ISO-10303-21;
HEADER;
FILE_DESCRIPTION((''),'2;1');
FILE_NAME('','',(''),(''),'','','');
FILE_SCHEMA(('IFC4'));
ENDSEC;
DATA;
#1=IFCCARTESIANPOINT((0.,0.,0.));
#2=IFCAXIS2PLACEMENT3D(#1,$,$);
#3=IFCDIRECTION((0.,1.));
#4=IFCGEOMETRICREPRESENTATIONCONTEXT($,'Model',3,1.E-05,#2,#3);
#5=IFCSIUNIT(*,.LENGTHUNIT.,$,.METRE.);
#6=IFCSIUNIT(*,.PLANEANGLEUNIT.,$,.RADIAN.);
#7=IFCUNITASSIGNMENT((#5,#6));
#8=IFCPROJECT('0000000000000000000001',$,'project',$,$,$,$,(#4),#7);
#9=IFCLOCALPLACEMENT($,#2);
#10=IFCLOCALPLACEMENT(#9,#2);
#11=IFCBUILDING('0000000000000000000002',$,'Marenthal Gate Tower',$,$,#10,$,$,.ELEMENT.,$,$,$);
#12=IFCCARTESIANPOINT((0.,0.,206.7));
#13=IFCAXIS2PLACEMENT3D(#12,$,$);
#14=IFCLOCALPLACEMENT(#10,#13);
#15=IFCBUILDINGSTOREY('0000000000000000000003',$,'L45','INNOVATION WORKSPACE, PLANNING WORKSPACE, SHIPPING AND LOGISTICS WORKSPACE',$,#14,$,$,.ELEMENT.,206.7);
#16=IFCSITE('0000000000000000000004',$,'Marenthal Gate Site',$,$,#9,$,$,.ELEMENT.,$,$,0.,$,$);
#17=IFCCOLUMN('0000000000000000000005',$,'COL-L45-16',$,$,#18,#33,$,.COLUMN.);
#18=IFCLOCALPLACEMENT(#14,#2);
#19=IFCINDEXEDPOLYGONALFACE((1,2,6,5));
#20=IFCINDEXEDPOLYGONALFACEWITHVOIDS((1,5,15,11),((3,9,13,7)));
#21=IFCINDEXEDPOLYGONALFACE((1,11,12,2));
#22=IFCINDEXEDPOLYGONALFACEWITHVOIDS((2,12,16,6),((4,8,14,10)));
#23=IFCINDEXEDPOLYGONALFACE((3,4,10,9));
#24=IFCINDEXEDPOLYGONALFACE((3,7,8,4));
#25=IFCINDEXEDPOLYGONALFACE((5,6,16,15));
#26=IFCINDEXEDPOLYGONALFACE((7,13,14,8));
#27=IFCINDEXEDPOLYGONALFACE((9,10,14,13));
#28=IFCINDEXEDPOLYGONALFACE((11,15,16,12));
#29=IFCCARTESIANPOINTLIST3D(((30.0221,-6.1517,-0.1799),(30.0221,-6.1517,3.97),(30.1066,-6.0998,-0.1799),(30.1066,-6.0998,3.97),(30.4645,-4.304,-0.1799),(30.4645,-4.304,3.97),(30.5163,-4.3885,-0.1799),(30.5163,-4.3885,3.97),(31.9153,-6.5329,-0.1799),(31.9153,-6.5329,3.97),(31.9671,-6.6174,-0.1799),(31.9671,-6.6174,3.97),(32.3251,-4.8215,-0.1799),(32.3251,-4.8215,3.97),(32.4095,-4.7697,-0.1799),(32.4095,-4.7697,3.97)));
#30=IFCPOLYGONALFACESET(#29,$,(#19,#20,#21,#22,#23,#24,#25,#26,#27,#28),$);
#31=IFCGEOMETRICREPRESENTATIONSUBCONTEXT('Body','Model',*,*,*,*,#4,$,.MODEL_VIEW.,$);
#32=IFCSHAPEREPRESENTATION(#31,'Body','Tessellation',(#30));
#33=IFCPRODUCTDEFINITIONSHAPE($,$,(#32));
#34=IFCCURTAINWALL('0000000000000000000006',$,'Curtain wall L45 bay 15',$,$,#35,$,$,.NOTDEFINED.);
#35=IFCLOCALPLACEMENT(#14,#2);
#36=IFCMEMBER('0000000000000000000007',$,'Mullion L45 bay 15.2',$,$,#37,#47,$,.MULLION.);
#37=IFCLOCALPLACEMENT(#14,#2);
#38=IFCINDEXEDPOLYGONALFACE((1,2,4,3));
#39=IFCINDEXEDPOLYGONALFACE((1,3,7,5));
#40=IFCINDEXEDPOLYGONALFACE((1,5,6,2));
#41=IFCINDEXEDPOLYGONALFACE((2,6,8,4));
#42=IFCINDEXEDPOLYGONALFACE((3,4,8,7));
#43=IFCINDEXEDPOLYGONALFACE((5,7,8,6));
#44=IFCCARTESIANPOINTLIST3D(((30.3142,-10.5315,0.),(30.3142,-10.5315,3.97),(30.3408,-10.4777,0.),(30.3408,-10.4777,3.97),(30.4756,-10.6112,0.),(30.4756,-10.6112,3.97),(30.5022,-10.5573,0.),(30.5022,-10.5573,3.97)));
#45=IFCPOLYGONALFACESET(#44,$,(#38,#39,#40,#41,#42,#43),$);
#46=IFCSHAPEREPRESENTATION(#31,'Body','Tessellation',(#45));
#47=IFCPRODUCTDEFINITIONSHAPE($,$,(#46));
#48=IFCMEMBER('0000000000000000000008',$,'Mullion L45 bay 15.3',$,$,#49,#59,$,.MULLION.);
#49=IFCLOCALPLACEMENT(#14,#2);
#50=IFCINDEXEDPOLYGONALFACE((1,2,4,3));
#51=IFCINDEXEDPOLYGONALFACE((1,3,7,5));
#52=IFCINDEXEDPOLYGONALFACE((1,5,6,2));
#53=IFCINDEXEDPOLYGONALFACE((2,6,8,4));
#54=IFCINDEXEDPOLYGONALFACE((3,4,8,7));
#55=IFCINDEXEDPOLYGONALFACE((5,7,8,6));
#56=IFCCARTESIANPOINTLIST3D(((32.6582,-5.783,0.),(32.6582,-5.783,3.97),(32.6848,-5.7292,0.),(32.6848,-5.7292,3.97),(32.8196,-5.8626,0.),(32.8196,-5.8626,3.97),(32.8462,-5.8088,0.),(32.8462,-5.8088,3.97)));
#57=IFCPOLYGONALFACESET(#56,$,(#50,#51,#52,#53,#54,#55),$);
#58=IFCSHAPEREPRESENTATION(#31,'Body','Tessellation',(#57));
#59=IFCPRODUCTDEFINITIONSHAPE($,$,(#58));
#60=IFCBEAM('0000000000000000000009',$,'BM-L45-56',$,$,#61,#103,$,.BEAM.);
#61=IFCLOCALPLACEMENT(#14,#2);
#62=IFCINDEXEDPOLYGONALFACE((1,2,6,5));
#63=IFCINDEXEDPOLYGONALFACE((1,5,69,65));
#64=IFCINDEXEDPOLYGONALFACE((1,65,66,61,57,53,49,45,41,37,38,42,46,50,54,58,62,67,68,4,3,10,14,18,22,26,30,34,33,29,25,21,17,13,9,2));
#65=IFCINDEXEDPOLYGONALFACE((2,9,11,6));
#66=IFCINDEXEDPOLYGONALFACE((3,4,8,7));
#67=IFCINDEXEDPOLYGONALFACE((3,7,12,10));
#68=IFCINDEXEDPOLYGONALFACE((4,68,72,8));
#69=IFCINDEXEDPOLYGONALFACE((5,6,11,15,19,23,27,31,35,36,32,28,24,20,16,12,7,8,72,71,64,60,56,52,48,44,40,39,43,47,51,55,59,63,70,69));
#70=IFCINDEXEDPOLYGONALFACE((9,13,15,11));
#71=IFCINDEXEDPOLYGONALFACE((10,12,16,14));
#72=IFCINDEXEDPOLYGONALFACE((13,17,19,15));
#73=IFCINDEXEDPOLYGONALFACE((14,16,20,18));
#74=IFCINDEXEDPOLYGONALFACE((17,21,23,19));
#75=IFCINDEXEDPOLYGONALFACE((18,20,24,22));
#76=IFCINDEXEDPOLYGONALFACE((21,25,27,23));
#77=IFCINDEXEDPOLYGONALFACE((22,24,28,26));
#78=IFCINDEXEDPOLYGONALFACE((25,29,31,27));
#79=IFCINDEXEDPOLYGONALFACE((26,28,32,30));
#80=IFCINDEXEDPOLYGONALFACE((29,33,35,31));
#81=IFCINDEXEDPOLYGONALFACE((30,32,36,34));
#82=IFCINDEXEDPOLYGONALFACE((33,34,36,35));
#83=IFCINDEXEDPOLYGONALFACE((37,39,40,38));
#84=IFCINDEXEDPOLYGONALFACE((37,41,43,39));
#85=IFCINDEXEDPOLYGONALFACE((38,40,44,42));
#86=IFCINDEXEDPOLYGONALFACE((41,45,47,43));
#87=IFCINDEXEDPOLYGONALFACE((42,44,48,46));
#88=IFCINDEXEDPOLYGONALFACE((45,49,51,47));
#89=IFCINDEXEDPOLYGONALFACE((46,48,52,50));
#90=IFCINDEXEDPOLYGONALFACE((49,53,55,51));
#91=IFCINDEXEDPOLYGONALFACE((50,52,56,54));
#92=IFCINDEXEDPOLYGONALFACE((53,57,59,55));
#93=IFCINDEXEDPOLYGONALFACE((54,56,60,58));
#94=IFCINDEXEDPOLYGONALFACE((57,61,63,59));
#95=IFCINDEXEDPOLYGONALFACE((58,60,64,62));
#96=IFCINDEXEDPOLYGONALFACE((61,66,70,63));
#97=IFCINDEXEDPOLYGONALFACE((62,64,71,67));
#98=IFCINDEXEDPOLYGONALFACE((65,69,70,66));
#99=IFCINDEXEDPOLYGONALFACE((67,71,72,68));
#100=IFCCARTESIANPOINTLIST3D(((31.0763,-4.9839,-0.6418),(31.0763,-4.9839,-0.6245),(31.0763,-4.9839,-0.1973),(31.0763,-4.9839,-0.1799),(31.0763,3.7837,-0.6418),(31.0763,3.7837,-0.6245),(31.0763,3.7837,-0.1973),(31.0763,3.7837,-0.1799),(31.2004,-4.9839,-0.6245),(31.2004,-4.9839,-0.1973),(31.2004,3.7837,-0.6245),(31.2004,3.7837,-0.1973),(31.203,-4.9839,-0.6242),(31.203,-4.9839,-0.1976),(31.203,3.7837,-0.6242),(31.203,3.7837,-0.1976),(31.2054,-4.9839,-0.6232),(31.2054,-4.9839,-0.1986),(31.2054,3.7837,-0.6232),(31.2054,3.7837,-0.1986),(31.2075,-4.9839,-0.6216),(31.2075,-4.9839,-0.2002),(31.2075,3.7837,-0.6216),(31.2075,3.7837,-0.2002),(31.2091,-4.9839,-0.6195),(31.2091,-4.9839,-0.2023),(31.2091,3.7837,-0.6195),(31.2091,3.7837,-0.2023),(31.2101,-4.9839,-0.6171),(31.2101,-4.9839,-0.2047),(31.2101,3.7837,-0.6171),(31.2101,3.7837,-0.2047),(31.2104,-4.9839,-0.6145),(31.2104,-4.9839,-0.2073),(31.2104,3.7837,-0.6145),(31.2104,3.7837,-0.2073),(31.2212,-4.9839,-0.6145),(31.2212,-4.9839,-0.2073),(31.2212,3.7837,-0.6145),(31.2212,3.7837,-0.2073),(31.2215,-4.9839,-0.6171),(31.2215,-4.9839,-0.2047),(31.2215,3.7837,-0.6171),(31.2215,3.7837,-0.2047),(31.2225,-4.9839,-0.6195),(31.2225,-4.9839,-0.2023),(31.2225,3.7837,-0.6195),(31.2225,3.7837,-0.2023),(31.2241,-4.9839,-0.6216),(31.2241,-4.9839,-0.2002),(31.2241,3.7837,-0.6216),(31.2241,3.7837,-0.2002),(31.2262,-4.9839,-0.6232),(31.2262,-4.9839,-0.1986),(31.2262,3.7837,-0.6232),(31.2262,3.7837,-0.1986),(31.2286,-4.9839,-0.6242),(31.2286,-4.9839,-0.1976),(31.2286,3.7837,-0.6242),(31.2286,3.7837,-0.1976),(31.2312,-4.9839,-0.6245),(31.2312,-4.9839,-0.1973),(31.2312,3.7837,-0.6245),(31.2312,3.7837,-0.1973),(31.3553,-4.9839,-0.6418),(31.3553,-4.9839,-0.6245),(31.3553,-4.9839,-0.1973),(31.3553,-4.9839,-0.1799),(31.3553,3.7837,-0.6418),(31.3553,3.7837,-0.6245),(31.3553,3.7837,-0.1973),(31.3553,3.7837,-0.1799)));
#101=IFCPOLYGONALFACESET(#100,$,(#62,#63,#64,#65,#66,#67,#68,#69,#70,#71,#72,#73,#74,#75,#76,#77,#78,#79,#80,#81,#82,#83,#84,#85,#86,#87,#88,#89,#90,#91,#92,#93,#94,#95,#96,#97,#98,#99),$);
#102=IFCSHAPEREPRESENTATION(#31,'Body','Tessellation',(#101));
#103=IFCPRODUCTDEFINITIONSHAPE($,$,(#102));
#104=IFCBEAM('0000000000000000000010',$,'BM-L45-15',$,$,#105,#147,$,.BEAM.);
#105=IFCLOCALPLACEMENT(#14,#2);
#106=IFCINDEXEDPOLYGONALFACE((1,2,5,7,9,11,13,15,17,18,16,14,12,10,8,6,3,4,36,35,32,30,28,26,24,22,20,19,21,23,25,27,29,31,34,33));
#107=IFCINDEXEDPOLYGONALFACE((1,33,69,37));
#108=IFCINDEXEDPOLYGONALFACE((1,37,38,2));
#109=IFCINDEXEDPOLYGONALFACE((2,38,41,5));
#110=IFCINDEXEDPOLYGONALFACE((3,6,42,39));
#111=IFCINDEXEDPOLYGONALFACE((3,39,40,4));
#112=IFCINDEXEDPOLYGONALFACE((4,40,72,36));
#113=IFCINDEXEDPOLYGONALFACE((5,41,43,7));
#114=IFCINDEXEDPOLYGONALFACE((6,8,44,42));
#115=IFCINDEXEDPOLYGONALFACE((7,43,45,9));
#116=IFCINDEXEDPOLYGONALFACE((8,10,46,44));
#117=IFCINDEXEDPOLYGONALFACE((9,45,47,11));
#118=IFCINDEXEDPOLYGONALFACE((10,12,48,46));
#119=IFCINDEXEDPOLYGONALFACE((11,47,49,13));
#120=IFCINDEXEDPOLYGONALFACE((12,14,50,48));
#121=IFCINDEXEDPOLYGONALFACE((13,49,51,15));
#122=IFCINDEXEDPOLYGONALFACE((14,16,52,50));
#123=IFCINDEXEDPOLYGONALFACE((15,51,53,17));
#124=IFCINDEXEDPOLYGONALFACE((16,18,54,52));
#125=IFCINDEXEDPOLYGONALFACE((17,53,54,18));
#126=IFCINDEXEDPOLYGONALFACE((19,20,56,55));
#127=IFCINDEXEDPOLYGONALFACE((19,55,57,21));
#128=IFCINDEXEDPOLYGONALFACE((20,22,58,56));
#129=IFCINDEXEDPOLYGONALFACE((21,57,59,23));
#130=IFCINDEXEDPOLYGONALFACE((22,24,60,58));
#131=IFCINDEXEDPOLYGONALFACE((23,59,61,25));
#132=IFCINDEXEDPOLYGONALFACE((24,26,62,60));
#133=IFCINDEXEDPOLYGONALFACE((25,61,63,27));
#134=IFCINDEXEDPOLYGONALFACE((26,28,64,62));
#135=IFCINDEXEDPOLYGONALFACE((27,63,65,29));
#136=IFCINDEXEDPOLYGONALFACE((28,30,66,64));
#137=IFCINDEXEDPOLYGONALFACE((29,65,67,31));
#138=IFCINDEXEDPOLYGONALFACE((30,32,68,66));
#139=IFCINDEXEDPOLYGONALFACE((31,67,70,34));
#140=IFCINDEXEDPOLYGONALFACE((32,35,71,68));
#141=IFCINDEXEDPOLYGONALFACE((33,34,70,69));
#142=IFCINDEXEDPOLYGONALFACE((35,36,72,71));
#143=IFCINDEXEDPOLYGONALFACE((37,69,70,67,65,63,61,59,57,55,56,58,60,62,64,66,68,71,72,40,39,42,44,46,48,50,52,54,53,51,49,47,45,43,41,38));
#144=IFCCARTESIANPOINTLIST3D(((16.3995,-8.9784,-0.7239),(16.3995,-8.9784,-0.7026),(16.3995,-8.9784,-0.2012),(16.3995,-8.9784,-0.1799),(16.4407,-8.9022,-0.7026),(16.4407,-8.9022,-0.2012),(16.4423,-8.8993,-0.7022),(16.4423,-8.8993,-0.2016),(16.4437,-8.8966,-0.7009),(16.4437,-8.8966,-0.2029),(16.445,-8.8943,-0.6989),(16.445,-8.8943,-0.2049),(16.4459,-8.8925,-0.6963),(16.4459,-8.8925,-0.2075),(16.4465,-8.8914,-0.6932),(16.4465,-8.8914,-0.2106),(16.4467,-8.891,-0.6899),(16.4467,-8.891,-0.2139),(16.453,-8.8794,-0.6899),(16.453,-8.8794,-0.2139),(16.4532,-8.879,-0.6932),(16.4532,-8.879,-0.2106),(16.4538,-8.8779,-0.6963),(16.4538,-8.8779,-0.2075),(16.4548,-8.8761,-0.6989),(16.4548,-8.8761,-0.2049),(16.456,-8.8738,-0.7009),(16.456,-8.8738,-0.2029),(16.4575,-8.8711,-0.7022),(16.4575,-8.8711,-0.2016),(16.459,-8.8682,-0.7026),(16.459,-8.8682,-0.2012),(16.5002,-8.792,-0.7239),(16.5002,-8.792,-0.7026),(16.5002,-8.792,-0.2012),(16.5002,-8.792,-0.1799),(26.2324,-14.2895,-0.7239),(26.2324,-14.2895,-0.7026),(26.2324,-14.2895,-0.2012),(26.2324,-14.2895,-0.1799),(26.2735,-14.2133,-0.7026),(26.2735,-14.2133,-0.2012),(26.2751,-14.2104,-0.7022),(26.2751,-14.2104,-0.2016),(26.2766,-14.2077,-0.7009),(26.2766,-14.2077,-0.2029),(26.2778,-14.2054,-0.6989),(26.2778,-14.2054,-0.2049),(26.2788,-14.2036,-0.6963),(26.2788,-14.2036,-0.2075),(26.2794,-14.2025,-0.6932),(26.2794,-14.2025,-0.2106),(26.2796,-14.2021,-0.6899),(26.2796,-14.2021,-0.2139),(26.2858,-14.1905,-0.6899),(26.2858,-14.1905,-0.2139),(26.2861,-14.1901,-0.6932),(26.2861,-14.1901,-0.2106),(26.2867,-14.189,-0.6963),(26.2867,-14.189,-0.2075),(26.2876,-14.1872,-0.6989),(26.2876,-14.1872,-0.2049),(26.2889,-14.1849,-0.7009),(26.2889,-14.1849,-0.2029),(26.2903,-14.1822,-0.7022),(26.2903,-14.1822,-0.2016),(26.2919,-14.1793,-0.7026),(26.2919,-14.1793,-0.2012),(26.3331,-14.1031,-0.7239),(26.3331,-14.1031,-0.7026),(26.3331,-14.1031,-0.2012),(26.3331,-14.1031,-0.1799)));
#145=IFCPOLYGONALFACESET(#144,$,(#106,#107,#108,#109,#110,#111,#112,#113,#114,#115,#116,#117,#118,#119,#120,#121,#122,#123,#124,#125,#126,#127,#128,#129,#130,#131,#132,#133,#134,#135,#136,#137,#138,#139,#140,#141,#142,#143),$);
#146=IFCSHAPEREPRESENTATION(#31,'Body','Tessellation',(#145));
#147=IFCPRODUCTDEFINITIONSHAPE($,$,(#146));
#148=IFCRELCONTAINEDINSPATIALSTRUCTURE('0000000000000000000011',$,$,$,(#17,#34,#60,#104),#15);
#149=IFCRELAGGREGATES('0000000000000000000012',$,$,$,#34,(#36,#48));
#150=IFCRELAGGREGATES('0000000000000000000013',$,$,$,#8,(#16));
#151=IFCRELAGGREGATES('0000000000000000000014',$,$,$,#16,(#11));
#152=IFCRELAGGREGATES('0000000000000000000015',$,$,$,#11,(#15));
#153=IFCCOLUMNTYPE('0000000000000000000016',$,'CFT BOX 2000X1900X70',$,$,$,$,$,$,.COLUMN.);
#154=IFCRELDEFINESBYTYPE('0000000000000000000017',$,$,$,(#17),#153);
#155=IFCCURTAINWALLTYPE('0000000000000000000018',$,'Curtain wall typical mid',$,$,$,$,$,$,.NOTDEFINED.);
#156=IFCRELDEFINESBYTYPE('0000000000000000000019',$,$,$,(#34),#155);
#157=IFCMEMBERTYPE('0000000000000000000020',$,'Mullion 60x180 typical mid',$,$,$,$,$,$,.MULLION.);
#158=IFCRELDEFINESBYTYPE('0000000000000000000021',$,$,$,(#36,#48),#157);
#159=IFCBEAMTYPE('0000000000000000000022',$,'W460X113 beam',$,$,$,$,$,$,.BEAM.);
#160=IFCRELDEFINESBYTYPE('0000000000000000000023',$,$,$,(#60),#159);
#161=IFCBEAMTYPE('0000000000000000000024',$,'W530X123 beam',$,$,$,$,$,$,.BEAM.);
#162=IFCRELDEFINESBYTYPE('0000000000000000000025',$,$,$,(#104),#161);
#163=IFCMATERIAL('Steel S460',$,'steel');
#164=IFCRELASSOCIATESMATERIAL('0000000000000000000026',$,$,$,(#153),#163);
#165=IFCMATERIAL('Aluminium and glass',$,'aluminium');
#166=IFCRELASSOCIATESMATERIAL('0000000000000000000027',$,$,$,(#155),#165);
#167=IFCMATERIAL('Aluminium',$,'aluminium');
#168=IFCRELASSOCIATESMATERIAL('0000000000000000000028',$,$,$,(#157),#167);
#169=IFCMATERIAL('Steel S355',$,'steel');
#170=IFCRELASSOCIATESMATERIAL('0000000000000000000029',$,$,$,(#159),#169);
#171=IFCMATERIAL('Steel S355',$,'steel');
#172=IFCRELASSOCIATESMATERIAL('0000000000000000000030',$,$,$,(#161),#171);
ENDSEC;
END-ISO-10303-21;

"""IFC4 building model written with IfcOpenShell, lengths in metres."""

from ifc_helpers import new_model, si_unit, direction, frame, origin, origin_2d, place, context, subcontext, project, spatial, rectangle, hollow_rectangle, i_section, extrude, material, material_profile, profile_set, type_object, element, aggregate, save


model = new_model("IFC4")

# Units and contexts
model_context = context("Model", 3, precision=1e-05, world=origin(), true_north=direction((0.0, 1.0)))
body_context = subcontext(model_context, "Body", "Model", "MODEL_VIEW")
ifc_project = project(units=[si_unit("LENGTHUNIT", "METRE"), si_unit("PLANEANGLEUNIT", "RADIAN")], contexts=[model_context])

# Site, building, storey
site_placement = place(None, origin())
site = spatial("IfcSite", under=ifc_project, at=site_placement, Name="Marenthal Gate Site", CompositionType="ELEMENT", RefElevation=0.0)
building_placement = place(site_placement, origin())
building = spatial("IfcBuilding", under=site, at=building_placement, Name="Marenthal Gate Tower", CompositionType="ELEMENT")
storey_placement = place(building_placement, frame((0.0, 0.0, 206.7)))
storey = spatial("IfcBuildingStorey", under=building, at=storey_placement, Name="L45", Description="INNOVATION WORKSPACE, PLANNING WORKSPACE, SHIPPING AND LOGISTICS WORKSPACE", CompositionType="ELEMENT", Elevation=206.7)

# Column
ifc_material_1 = material(Name="Steel S460", Category="steel")
ifc_material_profile_1 = material_profile(ifc_material_1, hollow_rectangle(XDim=1.8999, YDim=2.0, WallThickness=0.0701, at=origin_2d()), Name="CFT BOX 2000X1900X70")
ifc_material_2 = material(Name="Concrete 70 MPa", Category="concrete")
ifc_material_profile_2 = material_profile(ifc_material_2, rectangle(XDim=1.76, YDim=1.8601, at=origin_2d()), Name="CFT BOX 2000X1900X70 INFILL")
ifc_profile_set_1 = profile_set([ifc_material_profile_1, ifc_material_profile_2], Name="Steel S460 shell, Concrete 70 MPa infill")
column_type = type_object("IfcColumnType", Name="CFT BOX 2000X1900X70", PredefinedType="COLUMN", material=ifc_profile_set_1)
column_placement = place(storey_placement, frame((31.2158, -5.4607, -0.1799), z_axis=(0.0, 0.0, 1.0), x_axis=(-0.232863, -0.972509, 0.0)))
element("IfcColumn", 1, at=column_placement, inside=storey, type_object=column_type, Name="COL-L45-16", PredefinedType="COLUMN", context=body_context, shape_type="SweptSolid", body=[
    extrude(hollow_rectangle(XDim=1.8999, YDim=2.0, WallThickness=0.0701, at=origin_2d()), origin(), (0.0, 0.0, 1.0), 4.1499),
])

# Curtain wall, members
ifc_material_3 = material(Name="Aluminium and glass", Category="aluminium")
curtain_wall_type = type_object("IfcCurtainWallType", Name="Curtain wall typical mid", PredefinedType="NOTDEFINED", material=ifc_material_3)
curtain_wall_placement = place(storey_placement, origin())
curtain_wall = element("IfcCurtainWall", 2, at=curtain_wall_placement, inside=storey, type_object=curtain_wall_type, Name="Curtain wall L45 bay 15", PredefinedType="NOTDEFINED")
ifc_material_4 = material(Name="Aluminium", Category="aluminium")
ifc_material_profile_3 = material_profile(ifc_material_4, rectangle(XDim=0.1799, YDim=0.0601, at=origin_2d()), Name="60x180 aluminium mullion")
ifc_profile_set_2 = profile_set([ifc_material_profile_3], Name="Aluminium")
member_type = type_object("IfcMemberType", Name="Mullion 60x180 typical mid", PredefinedType="MULLION", material=ifc_profile_set_2)
member_1_placement = place(storey_placement, frame((30.4082, -10.5444, 0.0), z_axis=(0.0, 0.0, 1.0), x_axis=(-0.896716, 0.442607, 0.0)))
member_1 = element("IfcMember", 3, at=member_1_placement, type_object=member_type, Name="Mullion L45 bay 15.2", PredefinedType="MULLION", context=body_context, shape_type="SweptSolid", body=[
    extrude(rectangle(XDim=0.1799, YDim=0.0601, at=origin_2d()), origin(), (0.0, 0.0, 1.0), 3.97),
])
member_2_placement = place(storey_placement, frame((32.7522, -5.7959, 0.0), z_axis=(0.0, 0.0, 1.0), x_axis=(-0.896716, 0.442607, 0.0)))
member_2 = element("IfcMember", 4, at=member_2_placement, type_object=member_type, Name="Mullion L45 bay 15.3", PredefinedType="MULLION", context=body_context, shape_type="SweptSolid", body=[
    extrude(rectangle(XDim=0.1799, YDim=0.0601, at=origin_2d()), origin(), (0.0, 0.0, 1.0), 3.97),
])

# Beams
ifc_material_5 = material(Name="Steel S355", Category="steel")
ifc_material_profile_4 = material_profile(ifc_material_5, i_section(OverallWidth=0.2791, OverallDepth=0.4619, WebThickness=0.0107, FlangeThickness=0.0173, FilletRadius=0.01, at=origin_2d()), Name="W460X113")
ifc_profile_set_3 = profile_set([ifc_material_profile_4], Name="Steel S355")
beam_type_1 = type_object("IfcBeamType", Name="W460X113 beam", PredefinedType="BEAM", material=ifc_profile_set_3)
beam_1_placement = place(storey_placement, frame((31.2158, -4.9839, -0.4109), z_axis=(0.0, 1.0, 0.0), x_axis=(-1.0, 0.0, 0.0)))
element("IfcBeam", 5, at=beam_1_placement, inside=storey, type_object=beam_type_1, Name="BM-L45-56", PredefinedType="BEAM", context=body_context, shape_type="SweptSolid", body=[
    extrude(i_section(OverallWidth=0.2791, OverallDepth=0.4619, WebThickness=0.0107, FlangeThickness=0.0173, FilletRadius=0.01, at=origin_2d()), origin(), (0.0, 0.0, 1.0), 8.7676),
])
ifc_material_6 = material(Name="Steel S355", Category="steel")
ifc_material_profile_5 = material_profile(ifc_material_6, i_section(OverallWidth=0.2119, OverallDepth=0.5439, WebThickness=0.0132, FlangeThickness=0.0212, FilletRadius=0.0127, at=origin_2d()), Name="W530X123")
ifc_profile_set_4 = profile_set([ifc_material_profile_5], Name="Steel S355")
beam_type_2 = type_object("IfcBeamType", Name="W530X123 beam", PredefinedType="BEAM", material=ifc_profile_set_4)
beam_2_placement = place(storey_placement, frame((26.2827, -14.1963, -0.4519), z_axis=(-0.879855, 0.475242, 0.0), x_axis=(-0.475242, -0.879855, 0.0)))
element("IfcBeam", 6, at=beam_2_placement, inside=storey, type_object=beam_type_2, Name="BM-L45-15", PredefinedType="BEAM", context=body_context, shape_type="SweptSolid", body=[
    extrude(i_section(OverallWidth=0.2119, OverallDepth=0.5439, WebThickness=0.0132, FlangeThickness=0.0212, FilletRadius=0.0127, at=origin_2d()), origin(), (0.0, 0.0, 1.0), 11.1755),
])

aggregate(curtain_wall, [member_1, member_2])

save(model, "model.ifc")
